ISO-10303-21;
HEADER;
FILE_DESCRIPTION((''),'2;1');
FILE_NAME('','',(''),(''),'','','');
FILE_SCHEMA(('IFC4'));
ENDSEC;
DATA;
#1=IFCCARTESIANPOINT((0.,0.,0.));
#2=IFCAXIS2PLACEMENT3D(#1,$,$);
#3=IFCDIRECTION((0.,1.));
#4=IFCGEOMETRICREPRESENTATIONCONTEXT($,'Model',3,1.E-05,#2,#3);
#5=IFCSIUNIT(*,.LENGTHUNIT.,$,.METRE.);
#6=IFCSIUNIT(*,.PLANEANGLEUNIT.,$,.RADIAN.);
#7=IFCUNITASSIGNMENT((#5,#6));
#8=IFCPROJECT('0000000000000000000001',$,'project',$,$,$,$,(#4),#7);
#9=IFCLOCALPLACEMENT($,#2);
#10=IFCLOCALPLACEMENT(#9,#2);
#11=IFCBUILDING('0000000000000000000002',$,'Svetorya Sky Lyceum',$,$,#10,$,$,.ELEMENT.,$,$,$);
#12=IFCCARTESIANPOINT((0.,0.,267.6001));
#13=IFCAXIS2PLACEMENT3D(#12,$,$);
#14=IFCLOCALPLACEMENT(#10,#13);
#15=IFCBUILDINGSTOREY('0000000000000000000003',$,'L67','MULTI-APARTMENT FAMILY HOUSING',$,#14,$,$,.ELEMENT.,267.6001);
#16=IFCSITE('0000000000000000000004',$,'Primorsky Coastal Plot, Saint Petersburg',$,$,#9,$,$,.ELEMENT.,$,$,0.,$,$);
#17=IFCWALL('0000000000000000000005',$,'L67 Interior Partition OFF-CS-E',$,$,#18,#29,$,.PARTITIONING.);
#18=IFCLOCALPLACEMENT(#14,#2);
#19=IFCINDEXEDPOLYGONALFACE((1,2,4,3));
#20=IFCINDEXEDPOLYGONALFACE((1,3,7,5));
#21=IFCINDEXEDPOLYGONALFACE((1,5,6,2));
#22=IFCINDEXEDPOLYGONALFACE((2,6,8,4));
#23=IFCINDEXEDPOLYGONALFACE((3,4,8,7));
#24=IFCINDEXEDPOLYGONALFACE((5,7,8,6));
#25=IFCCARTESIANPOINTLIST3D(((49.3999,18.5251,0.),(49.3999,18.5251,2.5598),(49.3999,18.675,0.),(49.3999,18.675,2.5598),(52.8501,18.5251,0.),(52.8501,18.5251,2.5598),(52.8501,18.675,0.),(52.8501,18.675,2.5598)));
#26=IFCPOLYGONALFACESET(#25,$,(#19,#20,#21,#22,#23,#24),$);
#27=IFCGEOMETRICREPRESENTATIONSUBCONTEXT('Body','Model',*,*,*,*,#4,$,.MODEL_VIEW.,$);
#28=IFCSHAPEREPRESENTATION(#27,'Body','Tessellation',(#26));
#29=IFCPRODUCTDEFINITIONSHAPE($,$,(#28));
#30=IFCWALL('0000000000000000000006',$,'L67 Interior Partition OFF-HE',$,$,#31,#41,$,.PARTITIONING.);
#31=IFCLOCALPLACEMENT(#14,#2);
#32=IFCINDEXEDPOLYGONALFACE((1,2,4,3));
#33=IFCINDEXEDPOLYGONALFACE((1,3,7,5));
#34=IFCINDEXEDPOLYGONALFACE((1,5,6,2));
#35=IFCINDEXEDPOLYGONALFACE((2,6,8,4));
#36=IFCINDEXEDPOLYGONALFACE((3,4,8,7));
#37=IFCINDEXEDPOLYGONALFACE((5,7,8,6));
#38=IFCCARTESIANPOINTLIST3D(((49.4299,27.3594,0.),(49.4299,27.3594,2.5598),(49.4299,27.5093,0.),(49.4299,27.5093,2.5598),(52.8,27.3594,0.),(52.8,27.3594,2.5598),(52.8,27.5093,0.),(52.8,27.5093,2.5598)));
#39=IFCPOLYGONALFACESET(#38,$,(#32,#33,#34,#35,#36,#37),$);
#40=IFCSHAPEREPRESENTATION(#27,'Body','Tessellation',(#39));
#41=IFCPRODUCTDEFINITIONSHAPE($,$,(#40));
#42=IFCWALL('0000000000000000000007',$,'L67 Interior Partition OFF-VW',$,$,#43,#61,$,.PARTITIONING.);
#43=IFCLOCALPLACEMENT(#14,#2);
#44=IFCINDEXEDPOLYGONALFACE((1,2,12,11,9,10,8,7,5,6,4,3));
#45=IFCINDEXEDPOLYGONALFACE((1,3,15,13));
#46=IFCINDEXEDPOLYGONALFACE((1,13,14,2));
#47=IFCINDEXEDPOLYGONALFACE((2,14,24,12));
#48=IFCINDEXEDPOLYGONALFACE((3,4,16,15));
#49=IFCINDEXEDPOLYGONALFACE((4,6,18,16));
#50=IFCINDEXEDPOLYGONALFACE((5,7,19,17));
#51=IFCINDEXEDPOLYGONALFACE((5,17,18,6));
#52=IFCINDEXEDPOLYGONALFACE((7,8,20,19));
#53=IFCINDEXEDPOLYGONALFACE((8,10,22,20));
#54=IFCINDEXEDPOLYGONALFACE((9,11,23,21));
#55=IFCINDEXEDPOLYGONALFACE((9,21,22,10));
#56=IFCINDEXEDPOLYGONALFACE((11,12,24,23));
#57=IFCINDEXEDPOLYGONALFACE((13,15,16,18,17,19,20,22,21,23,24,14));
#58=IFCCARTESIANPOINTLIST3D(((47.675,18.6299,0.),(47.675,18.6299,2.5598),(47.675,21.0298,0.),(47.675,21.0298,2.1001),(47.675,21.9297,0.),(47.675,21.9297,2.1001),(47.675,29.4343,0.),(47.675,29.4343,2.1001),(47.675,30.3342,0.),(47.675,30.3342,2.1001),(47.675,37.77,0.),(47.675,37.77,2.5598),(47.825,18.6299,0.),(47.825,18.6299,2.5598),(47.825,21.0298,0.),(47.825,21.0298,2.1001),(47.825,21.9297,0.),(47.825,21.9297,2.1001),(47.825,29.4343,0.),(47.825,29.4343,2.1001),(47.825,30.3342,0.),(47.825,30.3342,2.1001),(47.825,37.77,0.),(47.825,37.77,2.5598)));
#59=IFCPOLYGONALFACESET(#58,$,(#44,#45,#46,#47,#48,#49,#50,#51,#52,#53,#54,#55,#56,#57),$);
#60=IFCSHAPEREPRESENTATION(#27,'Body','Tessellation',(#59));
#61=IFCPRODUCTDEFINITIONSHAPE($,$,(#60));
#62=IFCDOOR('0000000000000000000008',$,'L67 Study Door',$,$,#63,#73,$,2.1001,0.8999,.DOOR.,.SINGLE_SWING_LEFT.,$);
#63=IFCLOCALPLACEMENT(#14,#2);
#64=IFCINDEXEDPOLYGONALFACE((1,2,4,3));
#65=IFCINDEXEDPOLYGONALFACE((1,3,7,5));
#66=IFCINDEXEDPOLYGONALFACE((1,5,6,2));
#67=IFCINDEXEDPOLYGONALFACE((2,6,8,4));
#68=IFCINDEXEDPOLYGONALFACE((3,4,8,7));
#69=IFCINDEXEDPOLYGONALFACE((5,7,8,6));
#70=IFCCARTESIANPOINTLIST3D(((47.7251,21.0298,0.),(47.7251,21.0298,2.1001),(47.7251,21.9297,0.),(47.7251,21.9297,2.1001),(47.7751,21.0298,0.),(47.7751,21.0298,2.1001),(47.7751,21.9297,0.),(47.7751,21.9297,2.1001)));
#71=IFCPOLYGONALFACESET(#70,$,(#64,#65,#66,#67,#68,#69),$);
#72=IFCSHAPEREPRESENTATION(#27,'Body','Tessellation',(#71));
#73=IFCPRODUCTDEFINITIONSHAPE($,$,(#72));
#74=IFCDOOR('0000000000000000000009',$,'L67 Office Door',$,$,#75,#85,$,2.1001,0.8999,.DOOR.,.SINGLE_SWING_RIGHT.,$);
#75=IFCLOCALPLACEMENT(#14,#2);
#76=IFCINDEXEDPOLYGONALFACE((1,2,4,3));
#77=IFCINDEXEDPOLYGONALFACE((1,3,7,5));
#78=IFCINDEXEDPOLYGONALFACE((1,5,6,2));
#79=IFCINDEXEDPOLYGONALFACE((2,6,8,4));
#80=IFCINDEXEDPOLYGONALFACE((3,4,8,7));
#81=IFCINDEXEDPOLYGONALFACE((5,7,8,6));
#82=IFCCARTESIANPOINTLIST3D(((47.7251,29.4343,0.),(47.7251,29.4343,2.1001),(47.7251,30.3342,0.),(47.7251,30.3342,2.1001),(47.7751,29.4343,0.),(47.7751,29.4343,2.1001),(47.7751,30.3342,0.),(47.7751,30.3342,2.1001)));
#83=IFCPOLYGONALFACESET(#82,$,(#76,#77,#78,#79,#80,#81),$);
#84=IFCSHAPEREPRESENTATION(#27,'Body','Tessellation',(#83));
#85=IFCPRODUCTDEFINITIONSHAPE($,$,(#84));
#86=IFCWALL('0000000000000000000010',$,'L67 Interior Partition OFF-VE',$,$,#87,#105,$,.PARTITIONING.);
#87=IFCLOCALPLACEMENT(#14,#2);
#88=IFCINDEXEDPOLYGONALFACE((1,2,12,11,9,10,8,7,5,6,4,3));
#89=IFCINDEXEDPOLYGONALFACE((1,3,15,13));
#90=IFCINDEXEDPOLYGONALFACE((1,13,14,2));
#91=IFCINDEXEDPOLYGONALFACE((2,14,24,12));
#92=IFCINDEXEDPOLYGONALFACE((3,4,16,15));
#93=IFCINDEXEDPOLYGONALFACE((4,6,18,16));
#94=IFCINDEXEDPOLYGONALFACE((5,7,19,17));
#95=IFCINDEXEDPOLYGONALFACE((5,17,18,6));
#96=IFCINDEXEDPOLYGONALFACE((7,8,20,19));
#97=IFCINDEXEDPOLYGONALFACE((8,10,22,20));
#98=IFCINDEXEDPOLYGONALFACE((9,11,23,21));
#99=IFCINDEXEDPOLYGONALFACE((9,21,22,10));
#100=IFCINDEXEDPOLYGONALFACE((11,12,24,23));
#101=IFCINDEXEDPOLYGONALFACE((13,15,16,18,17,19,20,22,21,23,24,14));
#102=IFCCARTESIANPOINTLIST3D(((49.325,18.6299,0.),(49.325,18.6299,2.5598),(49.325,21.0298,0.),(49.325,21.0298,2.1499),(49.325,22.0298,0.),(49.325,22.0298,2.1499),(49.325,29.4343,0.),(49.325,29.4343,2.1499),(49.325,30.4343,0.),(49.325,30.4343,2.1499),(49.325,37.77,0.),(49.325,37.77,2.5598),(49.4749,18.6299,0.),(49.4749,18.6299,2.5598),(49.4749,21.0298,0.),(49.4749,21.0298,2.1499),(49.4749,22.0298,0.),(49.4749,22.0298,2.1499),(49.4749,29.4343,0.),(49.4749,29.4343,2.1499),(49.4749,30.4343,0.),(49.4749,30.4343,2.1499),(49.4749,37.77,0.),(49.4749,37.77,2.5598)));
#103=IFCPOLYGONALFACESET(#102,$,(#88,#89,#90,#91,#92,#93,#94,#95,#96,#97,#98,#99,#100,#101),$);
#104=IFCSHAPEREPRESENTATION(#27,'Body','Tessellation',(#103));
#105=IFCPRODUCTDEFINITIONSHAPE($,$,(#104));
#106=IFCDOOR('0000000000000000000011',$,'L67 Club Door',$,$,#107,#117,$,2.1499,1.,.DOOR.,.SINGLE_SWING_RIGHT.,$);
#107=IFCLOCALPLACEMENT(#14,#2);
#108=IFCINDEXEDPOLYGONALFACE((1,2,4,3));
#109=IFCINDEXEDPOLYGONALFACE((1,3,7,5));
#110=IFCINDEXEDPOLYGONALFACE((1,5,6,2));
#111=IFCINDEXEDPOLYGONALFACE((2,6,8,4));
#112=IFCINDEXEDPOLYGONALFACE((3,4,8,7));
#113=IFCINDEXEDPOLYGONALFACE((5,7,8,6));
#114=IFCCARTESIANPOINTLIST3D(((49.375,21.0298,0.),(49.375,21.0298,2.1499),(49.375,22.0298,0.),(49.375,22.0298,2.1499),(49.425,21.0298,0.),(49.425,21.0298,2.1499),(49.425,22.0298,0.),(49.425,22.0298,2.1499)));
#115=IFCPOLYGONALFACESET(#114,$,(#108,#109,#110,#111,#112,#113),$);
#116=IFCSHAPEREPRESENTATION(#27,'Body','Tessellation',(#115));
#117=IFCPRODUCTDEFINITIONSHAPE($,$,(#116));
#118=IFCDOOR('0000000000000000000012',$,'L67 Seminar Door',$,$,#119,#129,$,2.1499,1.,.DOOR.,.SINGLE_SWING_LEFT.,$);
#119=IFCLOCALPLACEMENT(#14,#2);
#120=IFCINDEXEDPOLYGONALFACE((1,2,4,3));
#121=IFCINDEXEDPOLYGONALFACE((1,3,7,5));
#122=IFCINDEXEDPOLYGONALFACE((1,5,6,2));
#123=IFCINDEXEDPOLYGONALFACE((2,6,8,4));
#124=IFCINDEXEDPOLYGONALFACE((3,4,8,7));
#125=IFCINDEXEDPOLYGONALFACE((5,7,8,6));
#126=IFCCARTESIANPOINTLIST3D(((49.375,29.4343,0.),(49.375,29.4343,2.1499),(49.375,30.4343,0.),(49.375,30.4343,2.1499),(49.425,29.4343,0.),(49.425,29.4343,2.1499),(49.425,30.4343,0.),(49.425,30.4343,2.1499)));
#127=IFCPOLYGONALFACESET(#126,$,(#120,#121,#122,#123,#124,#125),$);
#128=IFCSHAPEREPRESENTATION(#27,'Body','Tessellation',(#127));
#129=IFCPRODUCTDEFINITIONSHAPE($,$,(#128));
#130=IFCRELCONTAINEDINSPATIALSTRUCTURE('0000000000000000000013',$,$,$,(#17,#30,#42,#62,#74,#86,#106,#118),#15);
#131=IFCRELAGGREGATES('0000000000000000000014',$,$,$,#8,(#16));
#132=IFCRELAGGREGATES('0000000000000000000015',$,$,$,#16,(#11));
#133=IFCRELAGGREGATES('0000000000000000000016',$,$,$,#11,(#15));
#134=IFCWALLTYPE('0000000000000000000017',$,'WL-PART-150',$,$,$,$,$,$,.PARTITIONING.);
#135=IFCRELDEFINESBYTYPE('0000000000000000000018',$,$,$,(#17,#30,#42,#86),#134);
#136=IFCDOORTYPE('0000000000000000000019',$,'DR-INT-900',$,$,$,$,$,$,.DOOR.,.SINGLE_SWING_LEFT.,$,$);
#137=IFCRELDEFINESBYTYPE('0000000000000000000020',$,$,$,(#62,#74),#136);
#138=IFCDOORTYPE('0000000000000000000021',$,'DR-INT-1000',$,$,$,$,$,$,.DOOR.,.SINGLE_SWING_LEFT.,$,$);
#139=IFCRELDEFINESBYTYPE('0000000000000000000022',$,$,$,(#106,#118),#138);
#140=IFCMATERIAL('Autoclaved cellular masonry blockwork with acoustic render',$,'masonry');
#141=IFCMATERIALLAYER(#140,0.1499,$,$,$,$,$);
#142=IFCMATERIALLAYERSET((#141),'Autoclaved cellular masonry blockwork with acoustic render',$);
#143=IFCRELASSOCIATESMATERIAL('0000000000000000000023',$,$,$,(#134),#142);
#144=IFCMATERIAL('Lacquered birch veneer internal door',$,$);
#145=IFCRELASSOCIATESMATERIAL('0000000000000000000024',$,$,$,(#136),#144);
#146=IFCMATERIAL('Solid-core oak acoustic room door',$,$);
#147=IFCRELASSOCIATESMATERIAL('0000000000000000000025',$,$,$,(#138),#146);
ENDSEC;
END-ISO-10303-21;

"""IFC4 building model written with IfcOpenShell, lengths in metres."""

from ifc_helpers import new_model, si_unit, direction, frame, frame_2d, origin, place, context, subcontext, project, spatial, rectangle, extrude, material, layer, layer_set, type_object, element, fill, save


model = new_model("IFC4")

# Units and contexts
model_context = context("Model", 3, precision=1e-05, world=origin(), true_north=direction((0.0, 1.0)))
body_context = subcontext(model_context, "Body", "Model", "MODEL_VIEW")
ifc_project = project(units=[si_unit("LENGTHUNIT", "METRE"), si_unit("PLANEANGLEUNIT", "RADIAN")], contexts=[model_context])

# Site, building, storey
site_placement = place(None, origin())
site = spatial("IfcSite", under=ifc_project, at=site_placement, Name="Primorsky Coastal Plot, Saint Petersburg", CompositionType="ELEMENT", RefElevation=0.0)
building_placement = place(site_placement, origin())
building = spatial("IfcBuilding", under=site, at=building_placement, Name="Svetorya Sky Lyceum", CompositionType="ELEMENT")
storey_placement = place(building_placement, frame((0.0, 0.0, 267.6001)))
storey = spatial("IfcBuildingStorey", under=building, at=storey_placement, Name="L67", Description="MULTI-APARTMENT FAMILY HOUSING", CompositionType="ELEMENT", Elevation=267.6001)

# Shared definitions
ifc_material_1 = material(Name="Autoclaved cellular masonry blockwork with acoustic render", Category="masonry")
ifc_layer_1 = layer(ifc_material_1, 0.1499)
ifc_layer_set_1 = layer_set([ifc_layer_1], Name="Autoclaved cellular masonry blockwork with acoustic render")
wall_type_1 = type_object("IfcWallType", Name="WL-PART-150", PredefinedType="PARTITIONING", material=ifc_layer_set_1)

# Walls
wall_1_placement = place(storey_placement, frame((49.3999, 18.6001, 0.0), z_axis=(0.0, 0.0, 1.0), x_axis=(1.0, 0.0, 0.0)))
element("IfcWall", 1, at=wall_1_placement, inside=storey, type_object=wall_type_1, Name="L67 Interior Partition OFF-CS-E", PredefinedType="PARTITIONING", context=body_context, shape_type="SweptSolid", body=[
    extrude(rectangle(XDim=3.4502, YDim=0.1499, at=frame_2d((1.7251, 0.0))), origin(), (0.0, 0.0, 1.0), 2.5598),
])
wall_2_placement = place(storey_placement, frame((49.4299, 27.4343, 0.0), z_axis=(0.0, 0.0, 1.0), x_axis=(1.0, 0.0, 0.0)))
element("IfcWall", 2, at=wall_2_placement, inside=storey, type_object=wall_type_1, Name="L67 Interior Partition OFF-HE", PredefinedType="PARTITIONING", context=body_context, shape_type="SweptSolid", body=[
    extrude(rectangle(XDim=3.3701, YDim=0.1499, at=frame_2d((1.6851, 0.0))), origin(), (0.0, 0.0, 1.0), 2.5598),
])

# Walls, openings, doors
wall_3_placement = place(storey_placement, frame((47.75, 18.6299, 0.0), z_axis=(0.0, 0.0, 1.0), x_axis=(0.0, 1.0, 0.0)))
wall_3 = element("IfcWall", 3, at=wall_3_placement, inside=storey, type_object=wall_type_1, Name="L67 Interior Partition OFF-VW", PredefinedType="PARTITIONING", context=body_context, shape_type="SweptSolid", body=[
    extrude(rectangle(XDim=19.1401, YDim=0.1499, at=frame_2d((9.5701, 0.0))), origin(), (0.0, 0.0, 1.0), 2.5598),
])
opening_1_placement = place(wall_3_placement, frame((2.3999, 0.0, 0.0)))
opening_1 = element("IfcOpeningElement", 4, at=opening_1_placement, cuts=wall_3, PredefinedType="OPENING", context=body_context, shape_type="SweptSolid", body=[
    extrude(rectangle(XDim=0.8999, YDim=2.1001, at=frame_2d((0.45, 1.05))), frame((0.0, 0.085, 0.0), z_axis=(0.0, -1.0, 0.0), x_axis=(1.0, 0.0, 0.0)), (0.0, 0.0, 1.0), 0.1699),
])
opening_2_placement = place(wall_3_placement, frame((10.8044, 0.0, 0.0)))
opening_2 = element("IfcOpeningElement", 5, at=opening_2_placement, cuts=wall_3, PredefinedType="OPENING", context=body_context, shape_type="SweptSolid", body=[
    extrude(rectangle(XDim=0.8999, YDim=2.1001, at=frame_2d((0.45, 1.05))), frame((0.0, 0.085, 0.0), z_axis=(0.0, -1.0, 0.0), x_axis=(1.0, 0.0, 0.0)), (0.0, 0.0, 1.0), 0.1699),
])
ifc_material_2 = material(Name="Lacquered birch veneer internal door")
door_type_1 = type_object("IfcDoorType", Name="DR-INT-900", OperationType="SINGLE_SWING_LEFT", PredefinedType="DOOR", material=ifc_material_2)
door_1_placement = place(opening_1_placement, origin())
door_1 = element("IfcDoor", 6, at=door_1_placement, inside=storey, type_object=door_type_1, Name="L67 Study Door", OperationType="SINGLE_SWING_LEFT", OverallHeight=2.1001, OverallWidth=0.8999, PredefinedType="DOOR", context=body_context, shape_type="SweptSolid", body=[
    extrude(rectangle(XDim=0.8999, YDim=2.1001, at=frame_2d((0.45, 1.05))), frame((0.0, 0.0249, 0.0), z_axis=(0.0, -1.0, 0.0), x_axis=(1.0, 0.0, 0.0)), (0.0, 0.0, 1.0), 0.05),
])
fill(opening_1, door_1)
door_2_placement = place(opening_2_placement, origin())
door_2 = element("IfcDoor", 7, at=door_2_placement, inside=storey, type_object=door_type_1, Name="L67 Office Door", OperationType="SINGLE_SWING_RIGHT", OverallHeight=2.1001, OverallWidth=0.8999, PredefinedType="DOOR", context=body_context, shape_type="SweptSolid", body=[
    extrude(rectangle(XDim=0.8999, YDim=2.1001, at=frame_2d((0.45, 1.05))), frame((0.0, 0.0249, 0.0), z_axis=(0.0, -1.0, 0.0), x_axis=(1.0, 0.0, 0.0)), (0.0, 0.0, 1.0), 0.05),
])
fill(opening_2, door_2)
wall_4_placement = place(storey_placement, frame((49.3999, 18.6299, 0.0), z_axis=(0.0, 0.0, 1.0), x_axis=(0.0, 1.0, 0.0)))
wall_4 = element("IfcWall", 8, at=wall_4_placement, inside=storey, type_object=wall_type_1, Name="L67 Interior Partition OFF-VE", PredefinedType="PARTITIONING", context=body_context, shape_type="SweptSolid", body=[
    extrude(rectangle(XDim=19.1401, YDim=0.1499, at=frame_2d((9.5701, 0.0))), origin(), (0.0, 0.0, 1.0), 2.5598),
])
opening_3_placement = place(wall_4_placement, frame((2.3999, 0.0, 0.0)))
opening_3 = element("IfcOpeningElement", 9, at=opening_3_placement, cuts=wall_4, PredefinedType="OPENING", context=body_context, shape_type="SweptSolid", body=[
    extrude(rectangle(XDim=1.0, YDim=2.1499, at=frame_2d((0.5, 1.075))), frame((0.0, 0.085, 0.0), z_axis=(0.0, -1.0, 0.0), x_axis=(1.0, 0.0, 0.0)), (0.0, 0.0, 1.0), 0.1699),
])
opening_4_placement = place(wall_4_placement, frame((10.8044, 0.0, 0.0)))
opening_4 = element("IfcOpeningElement", 10, at=opening_4_placement, cuts=wall_4, PredefinedType="OPENING", context=body_context, shape_type="SweptSolid", body=[
    extrude(rectangle(XDim=1.0, YDim=2.1499, at=frame_2d((0.5, 1.075))), frame((0.0, 0.085, 0.0), z_axis=(0.0, -1.0, 0.0), x_axis=(1.0, 0.0, 0.0)), (0.0, 0.0, 1.0), 0.1699),
])
ifc_material_3 = material(Name="Solid-core oak acoustic room door")
door_type_2 = type_object("IfcDoorType", Name="DR-INT-1000", OperationType="SINGLE_SWING_LEFT", PredefinedType="DOOR", material=ifc_material_3)
door_3_placement = place(opening_3_placement, origin())
door_3 = element("IfcDoor", 11, at=door_3_placement, inside=storey, type_object=door_type_2, Name="L67 Club Door", OperationType="SINGLE_SWING_RIGHT", OverallHeight=2.1499, OverallWidth=1.0, PredefinedType="DOOR", context=body_context, shape_type="SweptSolid", body=[
    extrude(rectangle(XDim=1.0, YDim=2.1499, at=frame_2d((0.5, 1.075))), frame((0.0, 0.0249, 0.0), z_axis=(0.0, -1.0, 0.0), x_axis=(1.0, 0.0, 0.0)), (0.0, 0.0, 1.0), 0.05),
])
fill(opening_3, door_3)
door_4_placement = place(opening_4_placement, origin())
door_4 = element("IfcDoor", 12, at=door_4_placement, inside=storey, type_object=door_type_2, Name="L67 Seminar Door", OperationType="SINGLE_SWING_LEFT", OverallHeight=2.1499, OverallWidth=1.0, PredefinedType="DOOR", context=body_context, shape_type="SweptSolid", body=[
    extrude(rectangle(XDim=1.0, YDim=2.1499, at=frame_2d((0.5, 1.075))), frame((0.0, 0.0249, 0.0), z_axis=(0.0, -1.0, 0.0), x_axis=(1.0, 0.0, 0.0)), (0.0, 0.0, 1.0), 0.05),
])
fill(opening_4, door_4)

save(model, "model.ifc")
